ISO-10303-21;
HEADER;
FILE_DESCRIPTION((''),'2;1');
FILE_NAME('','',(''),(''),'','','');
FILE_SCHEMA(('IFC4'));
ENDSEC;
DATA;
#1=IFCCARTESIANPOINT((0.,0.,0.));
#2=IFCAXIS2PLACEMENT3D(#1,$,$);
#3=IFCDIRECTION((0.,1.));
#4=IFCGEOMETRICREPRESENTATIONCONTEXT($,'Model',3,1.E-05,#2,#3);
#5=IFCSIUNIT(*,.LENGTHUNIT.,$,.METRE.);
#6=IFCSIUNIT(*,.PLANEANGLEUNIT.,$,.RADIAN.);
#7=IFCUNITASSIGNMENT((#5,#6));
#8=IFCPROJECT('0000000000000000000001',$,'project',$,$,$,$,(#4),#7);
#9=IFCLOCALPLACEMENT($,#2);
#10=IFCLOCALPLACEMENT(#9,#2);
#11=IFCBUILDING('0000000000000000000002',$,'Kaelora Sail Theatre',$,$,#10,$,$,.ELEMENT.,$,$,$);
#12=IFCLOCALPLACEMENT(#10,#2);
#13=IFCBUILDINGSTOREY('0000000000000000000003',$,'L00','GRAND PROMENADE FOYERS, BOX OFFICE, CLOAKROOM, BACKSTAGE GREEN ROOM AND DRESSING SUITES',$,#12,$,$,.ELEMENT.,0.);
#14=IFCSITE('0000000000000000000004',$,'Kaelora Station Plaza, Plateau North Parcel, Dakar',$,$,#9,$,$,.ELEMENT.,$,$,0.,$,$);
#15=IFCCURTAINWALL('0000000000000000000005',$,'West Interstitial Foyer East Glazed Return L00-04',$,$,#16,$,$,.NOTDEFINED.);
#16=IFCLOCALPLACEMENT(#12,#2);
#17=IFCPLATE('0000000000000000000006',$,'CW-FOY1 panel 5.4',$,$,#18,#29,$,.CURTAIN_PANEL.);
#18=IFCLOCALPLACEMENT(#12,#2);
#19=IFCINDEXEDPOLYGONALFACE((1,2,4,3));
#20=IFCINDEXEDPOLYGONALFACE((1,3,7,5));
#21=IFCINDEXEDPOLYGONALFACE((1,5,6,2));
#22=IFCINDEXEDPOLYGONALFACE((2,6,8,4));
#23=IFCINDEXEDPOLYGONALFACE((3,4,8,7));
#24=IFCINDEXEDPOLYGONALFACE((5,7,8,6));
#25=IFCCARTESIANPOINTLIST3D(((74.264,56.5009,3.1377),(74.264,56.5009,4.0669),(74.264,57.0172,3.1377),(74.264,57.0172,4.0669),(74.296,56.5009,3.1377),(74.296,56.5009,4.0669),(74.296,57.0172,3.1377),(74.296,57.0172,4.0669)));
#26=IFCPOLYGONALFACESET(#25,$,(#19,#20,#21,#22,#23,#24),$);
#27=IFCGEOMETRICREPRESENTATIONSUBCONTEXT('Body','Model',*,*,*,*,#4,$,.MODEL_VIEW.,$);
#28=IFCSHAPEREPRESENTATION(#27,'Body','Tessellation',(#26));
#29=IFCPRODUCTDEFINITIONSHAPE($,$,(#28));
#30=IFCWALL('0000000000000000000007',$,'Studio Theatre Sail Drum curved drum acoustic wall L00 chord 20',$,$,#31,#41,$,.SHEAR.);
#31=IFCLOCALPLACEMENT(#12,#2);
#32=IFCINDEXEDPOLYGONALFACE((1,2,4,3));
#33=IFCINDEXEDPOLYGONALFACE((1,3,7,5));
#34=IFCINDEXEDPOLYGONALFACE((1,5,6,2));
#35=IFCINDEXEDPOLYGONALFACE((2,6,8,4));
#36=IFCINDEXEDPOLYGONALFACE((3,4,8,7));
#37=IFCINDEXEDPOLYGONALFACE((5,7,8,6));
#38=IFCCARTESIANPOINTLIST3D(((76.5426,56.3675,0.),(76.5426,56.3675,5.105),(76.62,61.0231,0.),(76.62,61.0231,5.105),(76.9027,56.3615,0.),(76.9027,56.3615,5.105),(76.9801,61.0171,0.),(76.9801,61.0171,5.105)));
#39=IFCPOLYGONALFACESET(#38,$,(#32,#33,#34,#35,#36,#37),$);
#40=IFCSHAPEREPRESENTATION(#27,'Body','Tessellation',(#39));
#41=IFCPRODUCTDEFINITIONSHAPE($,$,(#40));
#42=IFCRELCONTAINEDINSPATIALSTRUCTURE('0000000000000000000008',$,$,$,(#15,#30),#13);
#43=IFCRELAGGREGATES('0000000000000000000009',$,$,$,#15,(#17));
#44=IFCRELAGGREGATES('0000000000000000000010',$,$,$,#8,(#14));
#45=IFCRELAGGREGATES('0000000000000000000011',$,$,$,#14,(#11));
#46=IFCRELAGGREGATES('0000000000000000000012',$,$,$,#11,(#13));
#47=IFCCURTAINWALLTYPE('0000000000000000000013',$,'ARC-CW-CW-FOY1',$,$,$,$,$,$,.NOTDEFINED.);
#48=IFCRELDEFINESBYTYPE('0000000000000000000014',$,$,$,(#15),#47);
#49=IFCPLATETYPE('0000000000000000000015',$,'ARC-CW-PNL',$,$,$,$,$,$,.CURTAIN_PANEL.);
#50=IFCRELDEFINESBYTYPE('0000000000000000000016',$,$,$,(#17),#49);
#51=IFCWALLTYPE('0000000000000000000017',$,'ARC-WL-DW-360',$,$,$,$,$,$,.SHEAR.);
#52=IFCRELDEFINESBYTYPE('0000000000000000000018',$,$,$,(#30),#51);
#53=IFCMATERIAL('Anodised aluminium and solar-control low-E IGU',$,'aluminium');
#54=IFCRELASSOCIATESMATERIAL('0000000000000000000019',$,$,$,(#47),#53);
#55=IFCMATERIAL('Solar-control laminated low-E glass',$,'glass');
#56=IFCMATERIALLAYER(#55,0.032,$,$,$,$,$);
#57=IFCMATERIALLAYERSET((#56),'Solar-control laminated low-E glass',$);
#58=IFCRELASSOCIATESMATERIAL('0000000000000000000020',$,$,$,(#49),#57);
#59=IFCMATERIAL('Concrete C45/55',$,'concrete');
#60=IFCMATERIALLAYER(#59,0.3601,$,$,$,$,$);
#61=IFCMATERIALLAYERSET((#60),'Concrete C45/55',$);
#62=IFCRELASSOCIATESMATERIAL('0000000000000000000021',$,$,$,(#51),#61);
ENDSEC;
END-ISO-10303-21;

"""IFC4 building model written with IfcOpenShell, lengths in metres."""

from ifc_helpers import new_model, si_unit, direction, frame, frame_2d, origin, origin_2d, place, context, subcontext, project, spatial, rectangle, extrude, material, layer, layer_set, type_object, element, aggregate, save


model = new_model("IFC4")

# Units and contexts
model_context = context("Model", 3, precision=1e-05, world=origin(), true_north=direction((0.0, 1.0)))
body_context = subcontext(model_context, "Body", "Model", "MODEL_VIEW")
ifc_project = project(units=[si_unit("LENGTHUNIT", "METRE"), si_unit("PLANEANGLEUNIT", "RADIAN")], contexts=[model_context])

# Site, building, storey
site_placement = place(None, origin())
site = spatial("IfcSite", under=ifc_project, at=site_placement, Name="Kaelora Station Plaza, Plateau North Parcel, Dakar", CompositionType="ELEMENT", RefElevation=0.0)
building_placement = place(site_placement, origin())
building = spatial("IfcBuilding", under=site, at=building_placement, Name="Kaelora Sail Theatre", CompositionType="ELEMENT")
storey_placement = place(building_placement, origin())
storey = spatial("IfcBuildingStorey", under=building, at=storey_placement, Name="L00", Description="GRAND PROMENADE FOYERS, BOX OFFICE, CLOAKROOM, BACKSTAGE GREEN ROOM AND DRESSING SUITES", CompositionType="ELEMENT", Elevation=0.0)

# Curtain wall
ifc_material_1 = material(Name="Anodised aluminium and solar-control low-E IGU", Category="aluminium")
curtain_wall_type = type_object("IfcCurtainWallType", Name="ARC-CW-CW-FOY1", PredefinedType="NOTDEFINED", material=ifc_material_1)
curtain_wall_placement = place(storey_placement, origin())
curtain_wall = element("IfcCurtainWall", 1, at=curtain_wall_placement, inside=storey, type_object=curtain_wall_type, Name="West Interstitial Foyer East Glazed Return L00-04", PredefinedType="NOTDEFINED")

# Plate
ifc_material_2 = material(Name="Solar-control laminated low-E glass", Category="glass")
ifc_layer_1 = layer(ifc_material_2, 0.032)
ifc_layer_set_1 = layer_set([ifc_layer_1], Name="Solar-control laminated low-E glass")
plate_type = type_object("IfcPlateType", Name="ARC-CW-PNL", PredefinedType="CURTAIN_PANEL", material=ifc_layer_set_1)
plate_1_placement = place(storey_placement, frame((74.28, 56.759, 3.1377), z_axis=(0.0, 0.0, 1.0), x_axis=(0.0, 1.0, 0.0)))
plate_1 = element("IfcPlate", 2, at=plate_1_placement, type_object=plate_type, Name="CW-FOY1 panel 5.4", PredefinedType="CURTAIN_PANEL", context=body_context, shape_type="SweptSolid", body=[
    extrude(rectangle(XDim=0.5164, YDim=0.032, at=origin_2d()), origin(), (0.0, 0.0, 1.0), 0.9292),
])
aggregate(curtain_wall, [plate_1])

# Wall
ifc_material_3 = material(Name="Concrete C45/55", Category="concrete")
ifc_layer_2 = layer(ifc_material_3, 0.3601)
ifc_layer_set_2 = layer_set([ifc_layer_2], Name="Concrete C45/55")
wall_type = type_object("IfcWallType", Name="ARC-WL-DW-360", PredefinedType="SHEAR", material=ifc_layer_set_2)
wall_placement = place(storey_placement, frame((76.7227, 56.3645, 0.0), z_axis=(0.0, 0.0, 1.0), x_axis=(0.016622, 0.999862, 0.0)))
element("IfcWall", 3, at=wall_placement, inside=storey, type_object=wall_type, Name="Studio Theatre Sail Drum curved drum acoustic wall L00 chord 20", PredefinedType="SHEAR", context=body_context, shape_type="SweptSolid", body=[
    extrude(rectangle(XDim=4.6562, YDim=0.3601, at=frame_2d((2.3281, 0.0))), origin(), (0.0, 0.0, 1.0), 5.105),
])

save(model, "model.ifc")
